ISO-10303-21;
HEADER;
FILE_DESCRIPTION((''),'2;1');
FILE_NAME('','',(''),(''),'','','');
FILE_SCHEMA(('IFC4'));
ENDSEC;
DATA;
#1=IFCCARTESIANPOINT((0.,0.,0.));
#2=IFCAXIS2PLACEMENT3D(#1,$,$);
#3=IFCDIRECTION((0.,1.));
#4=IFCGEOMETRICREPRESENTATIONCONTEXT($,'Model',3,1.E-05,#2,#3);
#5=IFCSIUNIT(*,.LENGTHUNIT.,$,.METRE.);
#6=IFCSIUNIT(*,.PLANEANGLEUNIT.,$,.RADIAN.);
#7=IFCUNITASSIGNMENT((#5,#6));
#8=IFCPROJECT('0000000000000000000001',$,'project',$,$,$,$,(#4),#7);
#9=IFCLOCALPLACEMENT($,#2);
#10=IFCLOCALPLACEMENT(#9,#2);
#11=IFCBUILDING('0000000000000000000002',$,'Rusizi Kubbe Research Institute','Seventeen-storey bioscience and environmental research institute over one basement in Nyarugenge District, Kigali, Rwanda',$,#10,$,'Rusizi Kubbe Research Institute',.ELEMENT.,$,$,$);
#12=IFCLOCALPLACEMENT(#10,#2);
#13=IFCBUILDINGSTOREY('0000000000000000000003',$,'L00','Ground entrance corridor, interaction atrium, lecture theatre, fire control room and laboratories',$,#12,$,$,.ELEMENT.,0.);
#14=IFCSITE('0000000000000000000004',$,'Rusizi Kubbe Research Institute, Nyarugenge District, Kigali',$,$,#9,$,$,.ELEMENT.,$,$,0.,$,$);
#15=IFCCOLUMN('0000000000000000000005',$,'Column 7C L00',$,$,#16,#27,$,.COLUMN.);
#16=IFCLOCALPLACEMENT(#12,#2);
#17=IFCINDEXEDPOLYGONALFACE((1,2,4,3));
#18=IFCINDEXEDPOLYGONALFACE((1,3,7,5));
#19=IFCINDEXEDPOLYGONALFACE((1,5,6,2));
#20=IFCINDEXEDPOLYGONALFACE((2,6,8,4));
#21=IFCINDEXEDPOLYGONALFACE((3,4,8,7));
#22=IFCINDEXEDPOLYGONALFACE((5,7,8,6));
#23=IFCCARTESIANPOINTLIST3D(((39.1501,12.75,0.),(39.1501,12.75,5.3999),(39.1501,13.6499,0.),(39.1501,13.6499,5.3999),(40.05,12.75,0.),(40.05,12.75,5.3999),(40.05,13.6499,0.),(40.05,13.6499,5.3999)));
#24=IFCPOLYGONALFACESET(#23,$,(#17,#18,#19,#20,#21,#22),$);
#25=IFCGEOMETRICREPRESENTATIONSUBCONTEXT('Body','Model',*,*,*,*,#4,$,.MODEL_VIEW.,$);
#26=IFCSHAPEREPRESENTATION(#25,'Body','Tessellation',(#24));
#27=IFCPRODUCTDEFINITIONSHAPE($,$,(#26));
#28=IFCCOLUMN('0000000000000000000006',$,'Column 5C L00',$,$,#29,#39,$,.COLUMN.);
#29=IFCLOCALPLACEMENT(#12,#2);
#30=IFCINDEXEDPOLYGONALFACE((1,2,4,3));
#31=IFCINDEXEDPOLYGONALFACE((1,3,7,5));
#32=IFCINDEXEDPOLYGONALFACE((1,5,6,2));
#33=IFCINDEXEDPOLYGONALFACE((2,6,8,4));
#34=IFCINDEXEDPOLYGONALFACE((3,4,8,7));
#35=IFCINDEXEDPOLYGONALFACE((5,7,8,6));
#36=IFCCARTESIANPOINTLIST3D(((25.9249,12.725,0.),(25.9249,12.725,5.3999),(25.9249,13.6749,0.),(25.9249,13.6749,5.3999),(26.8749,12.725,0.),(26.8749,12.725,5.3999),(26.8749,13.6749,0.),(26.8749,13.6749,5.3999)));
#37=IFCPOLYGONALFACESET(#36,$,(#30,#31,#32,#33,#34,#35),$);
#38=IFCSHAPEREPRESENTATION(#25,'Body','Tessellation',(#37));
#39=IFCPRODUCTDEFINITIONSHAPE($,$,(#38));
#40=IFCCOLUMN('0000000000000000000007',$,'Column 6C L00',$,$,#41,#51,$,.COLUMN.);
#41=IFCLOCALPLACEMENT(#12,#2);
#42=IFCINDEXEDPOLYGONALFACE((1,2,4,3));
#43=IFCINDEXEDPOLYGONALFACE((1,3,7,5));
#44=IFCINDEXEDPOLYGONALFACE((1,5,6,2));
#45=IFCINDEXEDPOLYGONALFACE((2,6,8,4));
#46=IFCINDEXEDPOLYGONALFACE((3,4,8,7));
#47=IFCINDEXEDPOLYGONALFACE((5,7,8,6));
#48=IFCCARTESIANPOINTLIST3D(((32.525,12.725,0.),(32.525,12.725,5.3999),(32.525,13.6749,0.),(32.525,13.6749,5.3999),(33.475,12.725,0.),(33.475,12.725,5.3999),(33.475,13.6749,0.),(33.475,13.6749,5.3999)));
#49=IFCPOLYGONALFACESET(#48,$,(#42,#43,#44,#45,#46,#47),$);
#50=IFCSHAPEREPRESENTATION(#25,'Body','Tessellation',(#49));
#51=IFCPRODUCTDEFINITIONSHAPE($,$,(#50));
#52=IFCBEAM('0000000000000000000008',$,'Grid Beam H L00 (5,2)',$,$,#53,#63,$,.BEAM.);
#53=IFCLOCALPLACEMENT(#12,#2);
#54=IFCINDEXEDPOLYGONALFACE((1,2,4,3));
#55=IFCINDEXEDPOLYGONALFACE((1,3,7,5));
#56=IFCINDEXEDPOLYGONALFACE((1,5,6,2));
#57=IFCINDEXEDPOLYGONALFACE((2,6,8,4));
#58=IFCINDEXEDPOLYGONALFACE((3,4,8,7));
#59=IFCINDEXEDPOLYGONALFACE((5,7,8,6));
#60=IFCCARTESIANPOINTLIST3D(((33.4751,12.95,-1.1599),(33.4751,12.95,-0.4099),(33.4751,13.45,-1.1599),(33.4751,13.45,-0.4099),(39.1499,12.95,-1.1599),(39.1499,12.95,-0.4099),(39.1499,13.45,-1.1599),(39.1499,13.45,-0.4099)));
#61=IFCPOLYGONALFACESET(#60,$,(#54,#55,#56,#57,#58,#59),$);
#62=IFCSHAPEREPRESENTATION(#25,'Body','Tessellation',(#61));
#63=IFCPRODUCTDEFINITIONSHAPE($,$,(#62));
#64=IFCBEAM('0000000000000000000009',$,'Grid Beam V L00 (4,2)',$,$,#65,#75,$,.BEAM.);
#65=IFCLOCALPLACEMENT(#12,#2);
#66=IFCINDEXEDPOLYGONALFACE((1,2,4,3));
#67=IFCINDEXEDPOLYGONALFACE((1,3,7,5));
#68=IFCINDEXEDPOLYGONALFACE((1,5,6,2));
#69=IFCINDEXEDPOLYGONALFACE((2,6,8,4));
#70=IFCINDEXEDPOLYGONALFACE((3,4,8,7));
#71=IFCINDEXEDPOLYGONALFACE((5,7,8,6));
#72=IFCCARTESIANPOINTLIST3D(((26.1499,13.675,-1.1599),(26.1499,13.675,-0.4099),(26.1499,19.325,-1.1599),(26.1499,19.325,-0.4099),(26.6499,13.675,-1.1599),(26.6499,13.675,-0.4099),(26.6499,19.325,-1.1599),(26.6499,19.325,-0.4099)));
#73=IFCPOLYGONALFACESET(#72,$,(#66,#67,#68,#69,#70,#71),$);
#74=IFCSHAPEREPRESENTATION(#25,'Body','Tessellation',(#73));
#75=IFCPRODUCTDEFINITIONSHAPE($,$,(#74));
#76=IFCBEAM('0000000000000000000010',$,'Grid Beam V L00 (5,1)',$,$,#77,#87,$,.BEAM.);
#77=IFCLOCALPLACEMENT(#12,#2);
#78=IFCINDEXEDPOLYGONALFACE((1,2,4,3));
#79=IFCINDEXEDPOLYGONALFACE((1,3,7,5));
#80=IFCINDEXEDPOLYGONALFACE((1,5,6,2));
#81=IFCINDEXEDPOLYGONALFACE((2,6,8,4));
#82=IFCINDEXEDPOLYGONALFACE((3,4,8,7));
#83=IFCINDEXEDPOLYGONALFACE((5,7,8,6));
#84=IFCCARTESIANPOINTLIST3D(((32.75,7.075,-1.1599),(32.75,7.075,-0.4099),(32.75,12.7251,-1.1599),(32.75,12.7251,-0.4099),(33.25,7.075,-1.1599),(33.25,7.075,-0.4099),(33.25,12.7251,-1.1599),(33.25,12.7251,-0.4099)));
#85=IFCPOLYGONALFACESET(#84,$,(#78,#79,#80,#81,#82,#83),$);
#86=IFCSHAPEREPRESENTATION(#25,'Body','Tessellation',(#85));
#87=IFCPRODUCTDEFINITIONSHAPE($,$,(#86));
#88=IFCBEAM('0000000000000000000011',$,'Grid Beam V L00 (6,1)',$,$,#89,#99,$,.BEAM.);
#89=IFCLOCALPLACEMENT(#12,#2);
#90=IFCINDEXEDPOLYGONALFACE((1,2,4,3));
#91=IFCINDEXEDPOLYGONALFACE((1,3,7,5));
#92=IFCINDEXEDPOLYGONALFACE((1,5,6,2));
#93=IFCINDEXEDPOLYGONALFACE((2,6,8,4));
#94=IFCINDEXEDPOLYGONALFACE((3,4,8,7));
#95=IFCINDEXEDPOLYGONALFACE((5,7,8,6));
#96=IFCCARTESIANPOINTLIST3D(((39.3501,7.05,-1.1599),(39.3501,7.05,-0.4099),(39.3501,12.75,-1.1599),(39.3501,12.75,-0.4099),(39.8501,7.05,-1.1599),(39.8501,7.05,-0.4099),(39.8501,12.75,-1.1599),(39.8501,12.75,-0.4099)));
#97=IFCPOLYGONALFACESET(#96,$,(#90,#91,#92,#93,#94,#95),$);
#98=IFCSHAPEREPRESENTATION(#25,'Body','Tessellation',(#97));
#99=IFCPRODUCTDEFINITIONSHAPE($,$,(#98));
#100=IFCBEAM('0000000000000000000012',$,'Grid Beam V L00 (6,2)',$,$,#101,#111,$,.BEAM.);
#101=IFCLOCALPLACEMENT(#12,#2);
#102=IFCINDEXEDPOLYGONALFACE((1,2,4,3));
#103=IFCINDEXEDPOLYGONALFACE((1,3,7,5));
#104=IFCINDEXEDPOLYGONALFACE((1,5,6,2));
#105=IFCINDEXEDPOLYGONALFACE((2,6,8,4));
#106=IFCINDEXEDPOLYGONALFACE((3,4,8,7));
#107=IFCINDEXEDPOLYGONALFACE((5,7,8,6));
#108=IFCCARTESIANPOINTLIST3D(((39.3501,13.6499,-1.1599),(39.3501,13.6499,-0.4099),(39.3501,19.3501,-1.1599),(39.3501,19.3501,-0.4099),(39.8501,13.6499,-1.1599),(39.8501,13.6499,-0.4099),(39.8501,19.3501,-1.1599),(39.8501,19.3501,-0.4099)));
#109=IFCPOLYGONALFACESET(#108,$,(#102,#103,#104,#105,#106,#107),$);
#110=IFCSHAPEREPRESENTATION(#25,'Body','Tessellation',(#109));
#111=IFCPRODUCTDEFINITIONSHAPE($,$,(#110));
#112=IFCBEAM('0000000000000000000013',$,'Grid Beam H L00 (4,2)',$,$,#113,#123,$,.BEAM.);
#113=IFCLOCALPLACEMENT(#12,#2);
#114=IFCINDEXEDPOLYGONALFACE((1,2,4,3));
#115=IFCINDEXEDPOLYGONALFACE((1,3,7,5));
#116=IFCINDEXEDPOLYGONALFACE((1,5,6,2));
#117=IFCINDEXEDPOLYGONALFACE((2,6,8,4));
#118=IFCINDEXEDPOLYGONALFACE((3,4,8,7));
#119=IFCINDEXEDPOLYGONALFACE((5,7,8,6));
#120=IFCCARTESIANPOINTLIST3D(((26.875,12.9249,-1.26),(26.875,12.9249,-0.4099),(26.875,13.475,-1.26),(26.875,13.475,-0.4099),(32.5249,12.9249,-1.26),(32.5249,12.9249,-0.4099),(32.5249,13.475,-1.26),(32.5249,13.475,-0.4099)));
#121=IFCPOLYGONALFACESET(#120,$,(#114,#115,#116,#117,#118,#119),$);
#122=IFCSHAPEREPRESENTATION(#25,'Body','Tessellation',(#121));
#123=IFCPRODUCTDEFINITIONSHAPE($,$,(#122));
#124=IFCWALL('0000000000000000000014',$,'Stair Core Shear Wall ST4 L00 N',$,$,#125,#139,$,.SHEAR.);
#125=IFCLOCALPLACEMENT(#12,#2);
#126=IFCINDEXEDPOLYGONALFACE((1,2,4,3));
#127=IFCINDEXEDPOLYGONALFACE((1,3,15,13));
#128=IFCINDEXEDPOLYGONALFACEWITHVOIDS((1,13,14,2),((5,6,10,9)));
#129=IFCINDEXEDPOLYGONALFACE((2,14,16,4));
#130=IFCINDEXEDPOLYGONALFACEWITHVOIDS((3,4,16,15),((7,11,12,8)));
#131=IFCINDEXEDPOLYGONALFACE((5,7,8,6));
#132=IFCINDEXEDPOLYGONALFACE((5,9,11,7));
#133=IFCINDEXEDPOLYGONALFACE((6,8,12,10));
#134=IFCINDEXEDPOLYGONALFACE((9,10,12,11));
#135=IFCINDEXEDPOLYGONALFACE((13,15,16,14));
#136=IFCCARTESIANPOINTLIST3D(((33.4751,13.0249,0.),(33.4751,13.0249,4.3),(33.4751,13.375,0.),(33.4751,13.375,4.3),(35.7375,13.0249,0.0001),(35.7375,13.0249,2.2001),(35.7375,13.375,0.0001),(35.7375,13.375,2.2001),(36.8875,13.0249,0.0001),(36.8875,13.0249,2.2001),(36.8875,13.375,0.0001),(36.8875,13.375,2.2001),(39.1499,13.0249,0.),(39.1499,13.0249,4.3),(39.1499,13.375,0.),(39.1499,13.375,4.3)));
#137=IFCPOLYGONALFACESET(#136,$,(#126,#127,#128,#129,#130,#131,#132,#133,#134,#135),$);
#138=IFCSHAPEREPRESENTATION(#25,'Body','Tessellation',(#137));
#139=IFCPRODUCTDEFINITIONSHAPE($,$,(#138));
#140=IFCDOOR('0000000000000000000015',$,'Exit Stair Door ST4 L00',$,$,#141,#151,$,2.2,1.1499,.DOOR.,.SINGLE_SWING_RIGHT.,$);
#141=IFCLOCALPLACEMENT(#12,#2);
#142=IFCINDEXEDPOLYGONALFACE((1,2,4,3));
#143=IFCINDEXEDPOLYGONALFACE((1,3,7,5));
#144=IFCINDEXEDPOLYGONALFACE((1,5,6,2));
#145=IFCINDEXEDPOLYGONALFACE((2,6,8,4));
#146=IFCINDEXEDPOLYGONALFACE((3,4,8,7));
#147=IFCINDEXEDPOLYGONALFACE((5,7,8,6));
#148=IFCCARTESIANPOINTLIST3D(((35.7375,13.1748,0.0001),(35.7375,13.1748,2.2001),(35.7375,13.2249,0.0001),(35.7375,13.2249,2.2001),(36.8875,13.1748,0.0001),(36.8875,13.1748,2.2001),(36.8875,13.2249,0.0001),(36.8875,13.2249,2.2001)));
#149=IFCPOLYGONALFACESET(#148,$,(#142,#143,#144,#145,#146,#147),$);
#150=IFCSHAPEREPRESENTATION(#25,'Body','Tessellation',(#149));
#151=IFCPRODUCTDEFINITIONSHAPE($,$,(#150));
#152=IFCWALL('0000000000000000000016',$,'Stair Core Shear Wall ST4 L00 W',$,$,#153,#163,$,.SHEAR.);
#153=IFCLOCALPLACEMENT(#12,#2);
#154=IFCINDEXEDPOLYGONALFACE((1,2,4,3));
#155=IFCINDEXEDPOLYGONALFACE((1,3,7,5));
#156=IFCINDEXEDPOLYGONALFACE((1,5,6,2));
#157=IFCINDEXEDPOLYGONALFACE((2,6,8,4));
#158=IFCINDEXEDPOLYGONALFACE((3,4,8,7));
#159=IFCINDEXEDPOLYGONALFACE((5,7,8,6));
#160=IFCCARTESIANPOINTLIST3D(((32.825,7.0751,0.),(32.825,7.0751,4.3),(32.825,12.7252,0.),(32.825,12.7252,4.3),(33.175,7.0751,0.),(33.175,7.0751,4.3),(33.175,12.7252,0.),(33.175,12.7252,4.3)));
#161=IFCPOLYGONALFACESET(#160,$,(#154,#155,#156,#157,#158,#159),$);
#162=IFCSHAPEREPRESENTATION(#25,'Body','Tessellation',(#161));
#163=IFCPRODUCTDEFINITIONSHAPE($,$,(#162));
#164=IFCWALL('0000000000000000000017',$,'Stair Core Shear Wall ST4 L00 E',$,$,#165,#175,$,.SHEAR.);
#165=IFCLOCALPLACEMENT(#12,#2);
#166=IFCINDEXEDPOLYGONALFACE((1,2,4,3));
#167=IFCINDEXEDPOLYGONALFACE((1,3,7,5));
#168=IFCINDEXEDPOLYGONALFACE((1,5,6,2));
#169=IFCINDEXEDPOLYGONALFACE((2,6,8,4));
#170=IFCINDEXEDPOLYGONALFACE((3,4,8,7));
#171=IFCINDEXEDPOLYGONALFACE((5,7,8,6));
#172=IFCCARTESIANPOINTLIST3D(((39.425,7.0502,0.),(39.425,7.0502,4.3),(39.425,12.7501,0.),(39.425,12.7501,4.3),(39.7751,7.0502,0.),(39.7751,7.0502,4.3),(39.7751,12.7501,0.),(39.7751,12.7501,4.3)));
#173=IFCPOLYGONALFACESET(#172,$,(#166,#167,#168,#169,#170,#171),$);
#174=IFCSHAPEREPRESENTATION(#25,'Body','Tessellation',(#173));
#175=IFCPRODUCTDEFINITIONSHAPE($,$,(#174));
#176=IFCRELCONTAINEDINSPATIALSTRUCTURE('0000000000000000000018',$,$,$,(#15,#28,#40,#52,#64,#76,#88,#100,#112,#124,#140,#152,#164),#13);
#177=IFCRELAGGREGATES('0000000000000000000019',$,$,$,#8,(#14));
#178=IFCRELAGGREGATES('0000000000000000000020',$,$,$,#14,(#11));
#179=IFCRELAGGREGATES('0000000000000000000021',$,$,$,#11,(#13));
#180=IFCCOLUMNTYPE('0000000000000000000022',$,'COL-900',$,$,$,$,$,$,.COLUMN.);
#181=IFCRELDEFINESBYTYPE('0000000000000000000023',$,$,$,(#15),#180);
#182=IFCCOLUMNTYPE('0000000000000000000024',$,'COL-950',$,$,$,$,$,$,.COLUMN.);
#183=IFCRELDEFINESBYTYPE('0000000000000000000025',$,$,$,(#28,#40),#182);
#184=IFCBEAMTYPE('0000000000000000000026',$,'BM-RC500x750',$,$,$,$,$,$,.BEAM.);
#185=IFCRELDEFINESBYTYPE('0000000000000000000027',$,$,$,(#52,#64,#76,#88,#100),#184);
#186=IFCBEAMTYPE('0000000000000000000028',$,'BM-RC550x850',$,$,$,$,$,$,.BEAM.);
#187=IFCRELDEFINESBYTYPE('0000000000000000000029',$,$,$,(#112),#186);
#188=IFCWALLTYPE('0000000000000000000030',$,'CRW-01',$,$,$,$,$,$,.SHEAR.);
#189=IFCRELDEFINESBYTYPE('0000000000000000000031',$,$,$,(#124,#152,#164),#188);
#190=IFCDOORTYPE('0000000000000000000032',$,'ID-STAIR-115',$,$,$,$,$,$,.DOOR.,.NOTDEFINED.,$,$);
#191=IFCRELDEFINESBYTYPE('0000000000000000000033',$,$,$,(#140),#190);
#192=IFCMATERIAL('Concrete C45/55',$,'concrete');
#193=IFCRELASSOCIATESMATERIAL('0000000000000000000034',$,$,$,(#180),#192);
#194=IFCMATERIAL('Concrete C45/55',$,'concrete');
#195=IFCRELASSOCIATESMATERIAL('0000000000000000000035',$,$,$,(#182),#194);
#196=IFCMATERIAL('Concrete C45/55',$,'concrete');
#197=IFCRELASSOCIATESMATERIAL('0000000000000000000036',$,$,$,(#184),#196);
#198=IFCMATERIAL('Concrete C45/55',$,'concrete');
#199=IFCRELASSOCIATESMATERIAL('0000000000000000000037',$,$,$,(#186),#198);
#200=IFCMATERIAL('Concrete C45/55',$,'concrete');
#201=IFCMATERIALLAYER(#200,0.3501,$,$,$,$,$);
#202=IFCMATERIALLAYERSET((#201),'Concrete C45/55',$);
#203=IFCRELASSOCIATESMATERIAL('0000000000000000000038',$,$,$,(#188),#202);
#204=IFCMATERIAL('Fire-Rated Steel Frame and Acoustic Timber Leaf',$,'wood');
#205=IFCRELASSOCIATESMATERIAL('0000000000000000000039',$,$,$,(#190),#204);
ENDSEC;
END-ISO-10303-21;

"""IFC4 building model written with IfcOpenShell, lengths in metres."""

from ifc_helpers import new_model, si_unit, direction, frame, frame_2d, origin, origin_2d, place, context, subcontext, project, spatial, rectangle, extrude, material, layer, layer_set, material_profile, profile_set, type_object, element, fill, save


model = new_model("IFC4")

# Units and contexts
model_context = context("Model", 3, precision=1e-05, world=origin(), true_north=direction((0.0, 1.0)))
body_context = subcontext(model_context, "Body", "Model", "MODEL_VIEW")
ifc_project = project(units=[si_unit("LENGTHUNIT", "METRE"), si_unit("PLANEANGLEUNIT", "RADIAN")], contexts=[model_context])

# Site, building, storey
site_placement = place(None, origin())
site = spatial("IfcSite", under=ifc_project, at=site_placement, Name="Rusizi Kubbe Research Institute, Nyarugenge District, Kigali", CompositionType="ELEMENT", RefElevation=0.0)
building_placement = place(site_placement, origin())
building = spatial("IfcBuilding", under=site, at=building_placement, Name="Rusizi Kubbe Research Institute", Description="Seventeen-storey bioscience and environmental research institute over one basement in Nyarugenge District, Kigali, Rwanda", LongName="Rusizi Kubbe Research Institute", CompositionType="ELEMENT")
storey_placement = place(building_placement, origin())
storey = spatial("IfcBuildingStorey", under=building, at=storey_placement, Name="L00", Description="Ground entrance corridor, interaction atrium, lecture theatre, fire control room and laboratories", CompositionType="ELEMENT", Elevation=0.0)

# Columns
ifc_material_1 = material(Name="Concrete C45/55", Category="concrete")
ifc_material_profile_1 = material_profile(ifc_material_1, rectangle(XDim=0.8999, YDim=0.8999, at=origin_2d()), Name="RC900x900")
ifc_profile_set_1 = profile_set([ifc_material_profile_1], Name="Concrete C45/55")
column_type_1 = type_object("IfcColumnType", Name="COL-900", PredefinedType="COLUMN", material=ifc_profile_set_1)
column_placement = place(storey_placement, frame((39.6001, 13.2, 0.0), z_axis=(0.0, 0.0, 1.0), x_axis=(1.0, 0.0, 0.0)))
element("IfcColumn", 1, at=column_placement, inside=storey, type_object=column_type_1, Name="Column 7C L00", PredefinedType="COLUMN", context=body_context, shape_type="SweptSolid", body=[
    extrude(rectangle(XDim=0.8999, YDim=0.8999, at=origin_2d()), origin(), (0.0, 0.0, 1.0), 5.3999),
])
ifc_material_2 = material(Name="Concrete C45/55", Category="concrete")
ifc_material_profile_2 = material_profile(ifc_material_2, rectangle(XDim=0.95, YDim=0.95, at=origin_2d()), Name="RC950x950")
ifc_profile_set_2 = profile_set([ifc_material_profile_2], Name="Concrete C45/55")
column_type_2 = type_object("IfcColumnType", Name="COL-950", PredefinedType="COLUMN", material=ifc_profile_set_2)
for number, where, z_axis, x_axis, name in (
    (2, (26.3999, 13.2, 0.0), (0.0, 0.0, 1.0), (1.0, 0.0, 0.0), "Column 5C L00"),
    (3, (33.0, 13.2, 0.0), (0.0, 0.0, 1.0), (1.0, 0.0, 0.0), "Column 6C L00"),
):
    element("IfcColumn", number, at=place(storey_placement, frame(where, z_axis=z_axis, x_axis=x_axis)), inside=storey, type_object=column_type_2, Name=name, PredefinedType="COLUMN", context=body_context, shape_type="SweptSolid", body=[
        extrude(rectangle(XDim=0.95, YDim=0.95, at=origin_2d()), origin(), (0.0, 0.0, 1.0), 5.3999),
    ])

# Beams
ifc_material_3 = material(Name="Concrete C45/55", Category="concrete")
ifc_material_profile_3 = material_profile(ifc_material_3, rectangle(XDim=0.5, YDim=0.75, at=origin_2d()), Name="RC500x750B")
ifc_profile_set_3 = profile_set([ifc_material_profile_3], Name="Concrete C45/55")
beam_type_1 = type_object("IfcBeamType", Name="BM-RC500x750", PredefinedType="BEAM", material=ifc_profile_set_3)
beam_1_placement = place(storey_placement, frame((33.4751, 13.2, -0.7849), z_axis=(1.0, 0.0, 0.0), x_axis=(0.0, 1.0, 0.0)))
element("IfcBeam", 4, at=beam_1_placement, inside=storey, type_object=beam_type_1, Name="Grid Beam H L00 (5,2)", PredefinedType="BEAM", context=body_context, shape_type="SweptSolid", body=[
    extrude(rectangle(XDim=0.5, YDim=0.75, at=origin_2d()), origin(), (0.0, 0.0, 1.0), 5.6748),
])
beam_2_placement = place(storey_placement, frame((26.3999, 13.675, -0.7849), z_axis=(0.0, 1.0, 0.0), x_axis=(-1.0, 0.0, 0.0)))
element("IfcBeam", 5, at=beam_2_placement, inside=storey, type_object=beam_type_1, Name="Grid Beam V L00 (4,2)", PredefinedType="BEAM", context=body_context, shape_type="SweptSolid", body=[
    extrude(rectangle(XDim=0.5, YDim=0.75, at=origin_2d()), origin(), (0.0, 0.0, 1.0), 5.6499),
])
beam_3_placement = place(storey_placement, frame((33.0, 7.075, -0.7849), z_axis=(0.0, 1.0, 0.0), x_axis=(-1.0, 0.0, 0.0)))
element("IfcBeam", 6, at=beam_3_placement, inside=storey, type_object=beam_type_1, Name="Grid Beam V L00 (5,1)", PredefinedType="BEAM", context=body_context, shape_type="SweptSolid", body=[
    extrude(rectangle(XDim=0.5, YDim=0.75, at=origin_2d()), origin(), (0.0, 0.0, 1.0), 5.6501),
])
beam_4_placement = place(storey_placement, frame((39.6001, 7.05, -0.7849), z_axis=(0.0, 1.0, 0.0), x_axis=(-1.0, 0.0, 0.0)))
element("IfcBeam", 7, at=beam_4_placement, inside=storey, type_object=beam_type_1, Name="Grid Beam V L00 (6,1)", PredefinedType="BEAM", context=body_context, shape_type="SweptSolid", body=[
    extrude(rectangle(XDim=0.5, YDim=0.75, at=origin_2d()), origin(), (0.0, 0.0, 1.0), 5.7),
])
beam_5_placement = place(storey_placement, frame((39.6001, 13.6499, -0.7849), z_axis=(0.0, 1.0, 0.0), x_axis=(-1.0, 0.0, 0.0)))
element("IfcBeam", 8, at=beam_5_placement, inside=storey, type_object=beam_type_1, Name="Grid Beam V L00 (6,2)", PredefinedType="BEAM", context=body_context, shape_type="SweptSolid", body=[
    extrude(rectangle(XDim=0.5, YDim=0.75, at=origin_2d()), origin(), (0.0, 0.0, 1.0), 5.7002),
])
ifc_material_4 = material(Name="Concrete C45/55", Category="concrete")
ifc_material_profile_4 = material_profile(ifc_material_4, rectangle(XDim=0.55, YDim=0.8501, at=origin_2d()), Name="RC550x850")
ifc_profile_set_4 = profile_set([ifc_material_profile_4], Name="Concrete C45/55")
beam_type_2 = type_object("IfcBeamType", Name="BM-RC550x850", PredefinedType="BEAM", material=ifc_profile_set_4)
beam_6_placement = place(storey_placement, frame((26.875, 13.2, -0.835), z_axis=(1.0, 0.0, 0.0), x_axis=(0.0, 1.0, 0.0)))
element("IfcBeam", 9, at=beam_6_placement, inside=storey, type_object=beam_type_2, Name="Grid Beam H L00 (4,2)", PredefinedType="BEAM", context=body_context, shape_type="SweptSolid", body=[
    extrude(rectangle(XDim=0.55, YDim=0.8501, at=origin_2d()), origin(), (0.0, 0.0, 1.0), 5.6499),
])

# Wall, opening, door
ifc_material_5 = material(Name="Concrete C45/55", Category="concrete")
ifc_layer_1 = layer(ifc_material_5, 0.3501)
ifc_layer_set_1 = layer_set([ifc_layer_1], Name="Concrete C45/55")
wall_type_1 = type_object("IfcWallType", Name="CRW-01", PredefinedType="SHEAR", material=ifc_layer_set_1)
wall_1_placement = place(storey_placement, frame((33.4751, 13.2, 0.0), z_axis=(0.0, 0.0, 1.0), x_axis=(1.0, 0.0, 0.0)))
wall_1 = element("IfcWall", 10, at=wall_1_placement, inside=storey, type_object=wall_type_1, Name="Stair Core Shear Wall ST4 L00 N", PredefinedType="SHEAR", context=body_context, shape_type="SweptSolid", body=[
    extrude(rectangle(XDim=5.6748, YDim=0.3501, at=frame_2d((2.8374, 0.0))), origin(), (0.0, 0.0, 1.0), 4.3),
])
opening_1_placement = place(wall_1_placement, frame((2.2625, 0.0, 0.0)))
opening_1 = element("IfcOpeningElement", 11, at=opening_1_placement, cuts=wall_1, PredefinedType="OPENING", context=body_context, shape_type="SweptSolid", body=[
    extrude(rectangle(XDim=1.1499, YDim=2.2, at=frame_2d((0.575, 1.1001))), frame((0.0, 0.1851, 0.0), z_axis=(0.0, -1.0, 0.0), x_axis=(1.0, 0.0, 0.0)), (0.0, 0.0, 1.0), 0.3701),
])
ifc_material_6 = material(Name="Fire-Rated Steel Frame and Acoustic Timber Leaf", Category="wood")
door_type_1 = type_object("IfcDoorType", Name="ID-STAIR-115", OperationType="NOTDEFINED", PredefinedType="DOOR", material=ifc_material_6)
door_1_placement = place(opening_1_placement, origin())
door_1 = element("IfcDoor", 12, at=door_1_placement, inside=storey, type_object=door_type_1, Name="Exit Stair Door ST4 L00", OperationType="SINGLE_SWING_RIGHT", OverallHeight=2.2, OverallWidth=1.1499, PredefinedType="DOOR", context=body_context, shape_type="SweptSolid", body=[
    extrude(rectangle(XDim=1.1499, YDim=2.2, at=frame_2d((0.575, 1.1001))), frame((0.0, 0.0249, 0.0), z_axis=(0.0, -1.0, 0.0), x_axis=(1.0, 0.0, 0.0)), (0.0, 0.0, 1.0), 0.05),
])
fill(opening_1, door_1)

# Walls
wall_2_placement = place(storey_placement, frame((33.0, 7.075, 0.0), z_axis=(0.0, 0.0, 1.0), x_axis=(0.0, 1.0, 0.0)))
element("IfcWall", 13, at=wall_2_placement, inside=storey, type_object=wall_type_1, Name="Stair Core Shear Wall ST4 L00 W", PredefinedType="SHEAR", context=body_context, shape_type="SweptSolid", body=[
    extrude(rectangle(XDim=5.6501, YDim=0.3501, at=frame_2d((2.8252, 0.0))), origin(), (0.0, 0.0, 1.0), 4.3),
])
wall_3_placement = place(storey_placement, frame((39.6001, 7.05, 0.0), z_axis=(0.0, 0.0, 1.0), x_axis=(0.0, 1.0, 0.0)))
element("IfcWall", 14, at=wall_3_placement, inside=storey, type_object=wall_type_1, Name="Stair Core Shear Wall ST4 L00 E", PredefinedType="SHEAR", context=body_context, shape_type="SweptSolid", body=[
    extrude(rectangle(XDim=5.7, YDim=0.3501, at=frame_2d((2.8501, 0.0))), origin(), (0.0, 0.0, 1.0), 4.3),
])

save(model, "model.ifc")
